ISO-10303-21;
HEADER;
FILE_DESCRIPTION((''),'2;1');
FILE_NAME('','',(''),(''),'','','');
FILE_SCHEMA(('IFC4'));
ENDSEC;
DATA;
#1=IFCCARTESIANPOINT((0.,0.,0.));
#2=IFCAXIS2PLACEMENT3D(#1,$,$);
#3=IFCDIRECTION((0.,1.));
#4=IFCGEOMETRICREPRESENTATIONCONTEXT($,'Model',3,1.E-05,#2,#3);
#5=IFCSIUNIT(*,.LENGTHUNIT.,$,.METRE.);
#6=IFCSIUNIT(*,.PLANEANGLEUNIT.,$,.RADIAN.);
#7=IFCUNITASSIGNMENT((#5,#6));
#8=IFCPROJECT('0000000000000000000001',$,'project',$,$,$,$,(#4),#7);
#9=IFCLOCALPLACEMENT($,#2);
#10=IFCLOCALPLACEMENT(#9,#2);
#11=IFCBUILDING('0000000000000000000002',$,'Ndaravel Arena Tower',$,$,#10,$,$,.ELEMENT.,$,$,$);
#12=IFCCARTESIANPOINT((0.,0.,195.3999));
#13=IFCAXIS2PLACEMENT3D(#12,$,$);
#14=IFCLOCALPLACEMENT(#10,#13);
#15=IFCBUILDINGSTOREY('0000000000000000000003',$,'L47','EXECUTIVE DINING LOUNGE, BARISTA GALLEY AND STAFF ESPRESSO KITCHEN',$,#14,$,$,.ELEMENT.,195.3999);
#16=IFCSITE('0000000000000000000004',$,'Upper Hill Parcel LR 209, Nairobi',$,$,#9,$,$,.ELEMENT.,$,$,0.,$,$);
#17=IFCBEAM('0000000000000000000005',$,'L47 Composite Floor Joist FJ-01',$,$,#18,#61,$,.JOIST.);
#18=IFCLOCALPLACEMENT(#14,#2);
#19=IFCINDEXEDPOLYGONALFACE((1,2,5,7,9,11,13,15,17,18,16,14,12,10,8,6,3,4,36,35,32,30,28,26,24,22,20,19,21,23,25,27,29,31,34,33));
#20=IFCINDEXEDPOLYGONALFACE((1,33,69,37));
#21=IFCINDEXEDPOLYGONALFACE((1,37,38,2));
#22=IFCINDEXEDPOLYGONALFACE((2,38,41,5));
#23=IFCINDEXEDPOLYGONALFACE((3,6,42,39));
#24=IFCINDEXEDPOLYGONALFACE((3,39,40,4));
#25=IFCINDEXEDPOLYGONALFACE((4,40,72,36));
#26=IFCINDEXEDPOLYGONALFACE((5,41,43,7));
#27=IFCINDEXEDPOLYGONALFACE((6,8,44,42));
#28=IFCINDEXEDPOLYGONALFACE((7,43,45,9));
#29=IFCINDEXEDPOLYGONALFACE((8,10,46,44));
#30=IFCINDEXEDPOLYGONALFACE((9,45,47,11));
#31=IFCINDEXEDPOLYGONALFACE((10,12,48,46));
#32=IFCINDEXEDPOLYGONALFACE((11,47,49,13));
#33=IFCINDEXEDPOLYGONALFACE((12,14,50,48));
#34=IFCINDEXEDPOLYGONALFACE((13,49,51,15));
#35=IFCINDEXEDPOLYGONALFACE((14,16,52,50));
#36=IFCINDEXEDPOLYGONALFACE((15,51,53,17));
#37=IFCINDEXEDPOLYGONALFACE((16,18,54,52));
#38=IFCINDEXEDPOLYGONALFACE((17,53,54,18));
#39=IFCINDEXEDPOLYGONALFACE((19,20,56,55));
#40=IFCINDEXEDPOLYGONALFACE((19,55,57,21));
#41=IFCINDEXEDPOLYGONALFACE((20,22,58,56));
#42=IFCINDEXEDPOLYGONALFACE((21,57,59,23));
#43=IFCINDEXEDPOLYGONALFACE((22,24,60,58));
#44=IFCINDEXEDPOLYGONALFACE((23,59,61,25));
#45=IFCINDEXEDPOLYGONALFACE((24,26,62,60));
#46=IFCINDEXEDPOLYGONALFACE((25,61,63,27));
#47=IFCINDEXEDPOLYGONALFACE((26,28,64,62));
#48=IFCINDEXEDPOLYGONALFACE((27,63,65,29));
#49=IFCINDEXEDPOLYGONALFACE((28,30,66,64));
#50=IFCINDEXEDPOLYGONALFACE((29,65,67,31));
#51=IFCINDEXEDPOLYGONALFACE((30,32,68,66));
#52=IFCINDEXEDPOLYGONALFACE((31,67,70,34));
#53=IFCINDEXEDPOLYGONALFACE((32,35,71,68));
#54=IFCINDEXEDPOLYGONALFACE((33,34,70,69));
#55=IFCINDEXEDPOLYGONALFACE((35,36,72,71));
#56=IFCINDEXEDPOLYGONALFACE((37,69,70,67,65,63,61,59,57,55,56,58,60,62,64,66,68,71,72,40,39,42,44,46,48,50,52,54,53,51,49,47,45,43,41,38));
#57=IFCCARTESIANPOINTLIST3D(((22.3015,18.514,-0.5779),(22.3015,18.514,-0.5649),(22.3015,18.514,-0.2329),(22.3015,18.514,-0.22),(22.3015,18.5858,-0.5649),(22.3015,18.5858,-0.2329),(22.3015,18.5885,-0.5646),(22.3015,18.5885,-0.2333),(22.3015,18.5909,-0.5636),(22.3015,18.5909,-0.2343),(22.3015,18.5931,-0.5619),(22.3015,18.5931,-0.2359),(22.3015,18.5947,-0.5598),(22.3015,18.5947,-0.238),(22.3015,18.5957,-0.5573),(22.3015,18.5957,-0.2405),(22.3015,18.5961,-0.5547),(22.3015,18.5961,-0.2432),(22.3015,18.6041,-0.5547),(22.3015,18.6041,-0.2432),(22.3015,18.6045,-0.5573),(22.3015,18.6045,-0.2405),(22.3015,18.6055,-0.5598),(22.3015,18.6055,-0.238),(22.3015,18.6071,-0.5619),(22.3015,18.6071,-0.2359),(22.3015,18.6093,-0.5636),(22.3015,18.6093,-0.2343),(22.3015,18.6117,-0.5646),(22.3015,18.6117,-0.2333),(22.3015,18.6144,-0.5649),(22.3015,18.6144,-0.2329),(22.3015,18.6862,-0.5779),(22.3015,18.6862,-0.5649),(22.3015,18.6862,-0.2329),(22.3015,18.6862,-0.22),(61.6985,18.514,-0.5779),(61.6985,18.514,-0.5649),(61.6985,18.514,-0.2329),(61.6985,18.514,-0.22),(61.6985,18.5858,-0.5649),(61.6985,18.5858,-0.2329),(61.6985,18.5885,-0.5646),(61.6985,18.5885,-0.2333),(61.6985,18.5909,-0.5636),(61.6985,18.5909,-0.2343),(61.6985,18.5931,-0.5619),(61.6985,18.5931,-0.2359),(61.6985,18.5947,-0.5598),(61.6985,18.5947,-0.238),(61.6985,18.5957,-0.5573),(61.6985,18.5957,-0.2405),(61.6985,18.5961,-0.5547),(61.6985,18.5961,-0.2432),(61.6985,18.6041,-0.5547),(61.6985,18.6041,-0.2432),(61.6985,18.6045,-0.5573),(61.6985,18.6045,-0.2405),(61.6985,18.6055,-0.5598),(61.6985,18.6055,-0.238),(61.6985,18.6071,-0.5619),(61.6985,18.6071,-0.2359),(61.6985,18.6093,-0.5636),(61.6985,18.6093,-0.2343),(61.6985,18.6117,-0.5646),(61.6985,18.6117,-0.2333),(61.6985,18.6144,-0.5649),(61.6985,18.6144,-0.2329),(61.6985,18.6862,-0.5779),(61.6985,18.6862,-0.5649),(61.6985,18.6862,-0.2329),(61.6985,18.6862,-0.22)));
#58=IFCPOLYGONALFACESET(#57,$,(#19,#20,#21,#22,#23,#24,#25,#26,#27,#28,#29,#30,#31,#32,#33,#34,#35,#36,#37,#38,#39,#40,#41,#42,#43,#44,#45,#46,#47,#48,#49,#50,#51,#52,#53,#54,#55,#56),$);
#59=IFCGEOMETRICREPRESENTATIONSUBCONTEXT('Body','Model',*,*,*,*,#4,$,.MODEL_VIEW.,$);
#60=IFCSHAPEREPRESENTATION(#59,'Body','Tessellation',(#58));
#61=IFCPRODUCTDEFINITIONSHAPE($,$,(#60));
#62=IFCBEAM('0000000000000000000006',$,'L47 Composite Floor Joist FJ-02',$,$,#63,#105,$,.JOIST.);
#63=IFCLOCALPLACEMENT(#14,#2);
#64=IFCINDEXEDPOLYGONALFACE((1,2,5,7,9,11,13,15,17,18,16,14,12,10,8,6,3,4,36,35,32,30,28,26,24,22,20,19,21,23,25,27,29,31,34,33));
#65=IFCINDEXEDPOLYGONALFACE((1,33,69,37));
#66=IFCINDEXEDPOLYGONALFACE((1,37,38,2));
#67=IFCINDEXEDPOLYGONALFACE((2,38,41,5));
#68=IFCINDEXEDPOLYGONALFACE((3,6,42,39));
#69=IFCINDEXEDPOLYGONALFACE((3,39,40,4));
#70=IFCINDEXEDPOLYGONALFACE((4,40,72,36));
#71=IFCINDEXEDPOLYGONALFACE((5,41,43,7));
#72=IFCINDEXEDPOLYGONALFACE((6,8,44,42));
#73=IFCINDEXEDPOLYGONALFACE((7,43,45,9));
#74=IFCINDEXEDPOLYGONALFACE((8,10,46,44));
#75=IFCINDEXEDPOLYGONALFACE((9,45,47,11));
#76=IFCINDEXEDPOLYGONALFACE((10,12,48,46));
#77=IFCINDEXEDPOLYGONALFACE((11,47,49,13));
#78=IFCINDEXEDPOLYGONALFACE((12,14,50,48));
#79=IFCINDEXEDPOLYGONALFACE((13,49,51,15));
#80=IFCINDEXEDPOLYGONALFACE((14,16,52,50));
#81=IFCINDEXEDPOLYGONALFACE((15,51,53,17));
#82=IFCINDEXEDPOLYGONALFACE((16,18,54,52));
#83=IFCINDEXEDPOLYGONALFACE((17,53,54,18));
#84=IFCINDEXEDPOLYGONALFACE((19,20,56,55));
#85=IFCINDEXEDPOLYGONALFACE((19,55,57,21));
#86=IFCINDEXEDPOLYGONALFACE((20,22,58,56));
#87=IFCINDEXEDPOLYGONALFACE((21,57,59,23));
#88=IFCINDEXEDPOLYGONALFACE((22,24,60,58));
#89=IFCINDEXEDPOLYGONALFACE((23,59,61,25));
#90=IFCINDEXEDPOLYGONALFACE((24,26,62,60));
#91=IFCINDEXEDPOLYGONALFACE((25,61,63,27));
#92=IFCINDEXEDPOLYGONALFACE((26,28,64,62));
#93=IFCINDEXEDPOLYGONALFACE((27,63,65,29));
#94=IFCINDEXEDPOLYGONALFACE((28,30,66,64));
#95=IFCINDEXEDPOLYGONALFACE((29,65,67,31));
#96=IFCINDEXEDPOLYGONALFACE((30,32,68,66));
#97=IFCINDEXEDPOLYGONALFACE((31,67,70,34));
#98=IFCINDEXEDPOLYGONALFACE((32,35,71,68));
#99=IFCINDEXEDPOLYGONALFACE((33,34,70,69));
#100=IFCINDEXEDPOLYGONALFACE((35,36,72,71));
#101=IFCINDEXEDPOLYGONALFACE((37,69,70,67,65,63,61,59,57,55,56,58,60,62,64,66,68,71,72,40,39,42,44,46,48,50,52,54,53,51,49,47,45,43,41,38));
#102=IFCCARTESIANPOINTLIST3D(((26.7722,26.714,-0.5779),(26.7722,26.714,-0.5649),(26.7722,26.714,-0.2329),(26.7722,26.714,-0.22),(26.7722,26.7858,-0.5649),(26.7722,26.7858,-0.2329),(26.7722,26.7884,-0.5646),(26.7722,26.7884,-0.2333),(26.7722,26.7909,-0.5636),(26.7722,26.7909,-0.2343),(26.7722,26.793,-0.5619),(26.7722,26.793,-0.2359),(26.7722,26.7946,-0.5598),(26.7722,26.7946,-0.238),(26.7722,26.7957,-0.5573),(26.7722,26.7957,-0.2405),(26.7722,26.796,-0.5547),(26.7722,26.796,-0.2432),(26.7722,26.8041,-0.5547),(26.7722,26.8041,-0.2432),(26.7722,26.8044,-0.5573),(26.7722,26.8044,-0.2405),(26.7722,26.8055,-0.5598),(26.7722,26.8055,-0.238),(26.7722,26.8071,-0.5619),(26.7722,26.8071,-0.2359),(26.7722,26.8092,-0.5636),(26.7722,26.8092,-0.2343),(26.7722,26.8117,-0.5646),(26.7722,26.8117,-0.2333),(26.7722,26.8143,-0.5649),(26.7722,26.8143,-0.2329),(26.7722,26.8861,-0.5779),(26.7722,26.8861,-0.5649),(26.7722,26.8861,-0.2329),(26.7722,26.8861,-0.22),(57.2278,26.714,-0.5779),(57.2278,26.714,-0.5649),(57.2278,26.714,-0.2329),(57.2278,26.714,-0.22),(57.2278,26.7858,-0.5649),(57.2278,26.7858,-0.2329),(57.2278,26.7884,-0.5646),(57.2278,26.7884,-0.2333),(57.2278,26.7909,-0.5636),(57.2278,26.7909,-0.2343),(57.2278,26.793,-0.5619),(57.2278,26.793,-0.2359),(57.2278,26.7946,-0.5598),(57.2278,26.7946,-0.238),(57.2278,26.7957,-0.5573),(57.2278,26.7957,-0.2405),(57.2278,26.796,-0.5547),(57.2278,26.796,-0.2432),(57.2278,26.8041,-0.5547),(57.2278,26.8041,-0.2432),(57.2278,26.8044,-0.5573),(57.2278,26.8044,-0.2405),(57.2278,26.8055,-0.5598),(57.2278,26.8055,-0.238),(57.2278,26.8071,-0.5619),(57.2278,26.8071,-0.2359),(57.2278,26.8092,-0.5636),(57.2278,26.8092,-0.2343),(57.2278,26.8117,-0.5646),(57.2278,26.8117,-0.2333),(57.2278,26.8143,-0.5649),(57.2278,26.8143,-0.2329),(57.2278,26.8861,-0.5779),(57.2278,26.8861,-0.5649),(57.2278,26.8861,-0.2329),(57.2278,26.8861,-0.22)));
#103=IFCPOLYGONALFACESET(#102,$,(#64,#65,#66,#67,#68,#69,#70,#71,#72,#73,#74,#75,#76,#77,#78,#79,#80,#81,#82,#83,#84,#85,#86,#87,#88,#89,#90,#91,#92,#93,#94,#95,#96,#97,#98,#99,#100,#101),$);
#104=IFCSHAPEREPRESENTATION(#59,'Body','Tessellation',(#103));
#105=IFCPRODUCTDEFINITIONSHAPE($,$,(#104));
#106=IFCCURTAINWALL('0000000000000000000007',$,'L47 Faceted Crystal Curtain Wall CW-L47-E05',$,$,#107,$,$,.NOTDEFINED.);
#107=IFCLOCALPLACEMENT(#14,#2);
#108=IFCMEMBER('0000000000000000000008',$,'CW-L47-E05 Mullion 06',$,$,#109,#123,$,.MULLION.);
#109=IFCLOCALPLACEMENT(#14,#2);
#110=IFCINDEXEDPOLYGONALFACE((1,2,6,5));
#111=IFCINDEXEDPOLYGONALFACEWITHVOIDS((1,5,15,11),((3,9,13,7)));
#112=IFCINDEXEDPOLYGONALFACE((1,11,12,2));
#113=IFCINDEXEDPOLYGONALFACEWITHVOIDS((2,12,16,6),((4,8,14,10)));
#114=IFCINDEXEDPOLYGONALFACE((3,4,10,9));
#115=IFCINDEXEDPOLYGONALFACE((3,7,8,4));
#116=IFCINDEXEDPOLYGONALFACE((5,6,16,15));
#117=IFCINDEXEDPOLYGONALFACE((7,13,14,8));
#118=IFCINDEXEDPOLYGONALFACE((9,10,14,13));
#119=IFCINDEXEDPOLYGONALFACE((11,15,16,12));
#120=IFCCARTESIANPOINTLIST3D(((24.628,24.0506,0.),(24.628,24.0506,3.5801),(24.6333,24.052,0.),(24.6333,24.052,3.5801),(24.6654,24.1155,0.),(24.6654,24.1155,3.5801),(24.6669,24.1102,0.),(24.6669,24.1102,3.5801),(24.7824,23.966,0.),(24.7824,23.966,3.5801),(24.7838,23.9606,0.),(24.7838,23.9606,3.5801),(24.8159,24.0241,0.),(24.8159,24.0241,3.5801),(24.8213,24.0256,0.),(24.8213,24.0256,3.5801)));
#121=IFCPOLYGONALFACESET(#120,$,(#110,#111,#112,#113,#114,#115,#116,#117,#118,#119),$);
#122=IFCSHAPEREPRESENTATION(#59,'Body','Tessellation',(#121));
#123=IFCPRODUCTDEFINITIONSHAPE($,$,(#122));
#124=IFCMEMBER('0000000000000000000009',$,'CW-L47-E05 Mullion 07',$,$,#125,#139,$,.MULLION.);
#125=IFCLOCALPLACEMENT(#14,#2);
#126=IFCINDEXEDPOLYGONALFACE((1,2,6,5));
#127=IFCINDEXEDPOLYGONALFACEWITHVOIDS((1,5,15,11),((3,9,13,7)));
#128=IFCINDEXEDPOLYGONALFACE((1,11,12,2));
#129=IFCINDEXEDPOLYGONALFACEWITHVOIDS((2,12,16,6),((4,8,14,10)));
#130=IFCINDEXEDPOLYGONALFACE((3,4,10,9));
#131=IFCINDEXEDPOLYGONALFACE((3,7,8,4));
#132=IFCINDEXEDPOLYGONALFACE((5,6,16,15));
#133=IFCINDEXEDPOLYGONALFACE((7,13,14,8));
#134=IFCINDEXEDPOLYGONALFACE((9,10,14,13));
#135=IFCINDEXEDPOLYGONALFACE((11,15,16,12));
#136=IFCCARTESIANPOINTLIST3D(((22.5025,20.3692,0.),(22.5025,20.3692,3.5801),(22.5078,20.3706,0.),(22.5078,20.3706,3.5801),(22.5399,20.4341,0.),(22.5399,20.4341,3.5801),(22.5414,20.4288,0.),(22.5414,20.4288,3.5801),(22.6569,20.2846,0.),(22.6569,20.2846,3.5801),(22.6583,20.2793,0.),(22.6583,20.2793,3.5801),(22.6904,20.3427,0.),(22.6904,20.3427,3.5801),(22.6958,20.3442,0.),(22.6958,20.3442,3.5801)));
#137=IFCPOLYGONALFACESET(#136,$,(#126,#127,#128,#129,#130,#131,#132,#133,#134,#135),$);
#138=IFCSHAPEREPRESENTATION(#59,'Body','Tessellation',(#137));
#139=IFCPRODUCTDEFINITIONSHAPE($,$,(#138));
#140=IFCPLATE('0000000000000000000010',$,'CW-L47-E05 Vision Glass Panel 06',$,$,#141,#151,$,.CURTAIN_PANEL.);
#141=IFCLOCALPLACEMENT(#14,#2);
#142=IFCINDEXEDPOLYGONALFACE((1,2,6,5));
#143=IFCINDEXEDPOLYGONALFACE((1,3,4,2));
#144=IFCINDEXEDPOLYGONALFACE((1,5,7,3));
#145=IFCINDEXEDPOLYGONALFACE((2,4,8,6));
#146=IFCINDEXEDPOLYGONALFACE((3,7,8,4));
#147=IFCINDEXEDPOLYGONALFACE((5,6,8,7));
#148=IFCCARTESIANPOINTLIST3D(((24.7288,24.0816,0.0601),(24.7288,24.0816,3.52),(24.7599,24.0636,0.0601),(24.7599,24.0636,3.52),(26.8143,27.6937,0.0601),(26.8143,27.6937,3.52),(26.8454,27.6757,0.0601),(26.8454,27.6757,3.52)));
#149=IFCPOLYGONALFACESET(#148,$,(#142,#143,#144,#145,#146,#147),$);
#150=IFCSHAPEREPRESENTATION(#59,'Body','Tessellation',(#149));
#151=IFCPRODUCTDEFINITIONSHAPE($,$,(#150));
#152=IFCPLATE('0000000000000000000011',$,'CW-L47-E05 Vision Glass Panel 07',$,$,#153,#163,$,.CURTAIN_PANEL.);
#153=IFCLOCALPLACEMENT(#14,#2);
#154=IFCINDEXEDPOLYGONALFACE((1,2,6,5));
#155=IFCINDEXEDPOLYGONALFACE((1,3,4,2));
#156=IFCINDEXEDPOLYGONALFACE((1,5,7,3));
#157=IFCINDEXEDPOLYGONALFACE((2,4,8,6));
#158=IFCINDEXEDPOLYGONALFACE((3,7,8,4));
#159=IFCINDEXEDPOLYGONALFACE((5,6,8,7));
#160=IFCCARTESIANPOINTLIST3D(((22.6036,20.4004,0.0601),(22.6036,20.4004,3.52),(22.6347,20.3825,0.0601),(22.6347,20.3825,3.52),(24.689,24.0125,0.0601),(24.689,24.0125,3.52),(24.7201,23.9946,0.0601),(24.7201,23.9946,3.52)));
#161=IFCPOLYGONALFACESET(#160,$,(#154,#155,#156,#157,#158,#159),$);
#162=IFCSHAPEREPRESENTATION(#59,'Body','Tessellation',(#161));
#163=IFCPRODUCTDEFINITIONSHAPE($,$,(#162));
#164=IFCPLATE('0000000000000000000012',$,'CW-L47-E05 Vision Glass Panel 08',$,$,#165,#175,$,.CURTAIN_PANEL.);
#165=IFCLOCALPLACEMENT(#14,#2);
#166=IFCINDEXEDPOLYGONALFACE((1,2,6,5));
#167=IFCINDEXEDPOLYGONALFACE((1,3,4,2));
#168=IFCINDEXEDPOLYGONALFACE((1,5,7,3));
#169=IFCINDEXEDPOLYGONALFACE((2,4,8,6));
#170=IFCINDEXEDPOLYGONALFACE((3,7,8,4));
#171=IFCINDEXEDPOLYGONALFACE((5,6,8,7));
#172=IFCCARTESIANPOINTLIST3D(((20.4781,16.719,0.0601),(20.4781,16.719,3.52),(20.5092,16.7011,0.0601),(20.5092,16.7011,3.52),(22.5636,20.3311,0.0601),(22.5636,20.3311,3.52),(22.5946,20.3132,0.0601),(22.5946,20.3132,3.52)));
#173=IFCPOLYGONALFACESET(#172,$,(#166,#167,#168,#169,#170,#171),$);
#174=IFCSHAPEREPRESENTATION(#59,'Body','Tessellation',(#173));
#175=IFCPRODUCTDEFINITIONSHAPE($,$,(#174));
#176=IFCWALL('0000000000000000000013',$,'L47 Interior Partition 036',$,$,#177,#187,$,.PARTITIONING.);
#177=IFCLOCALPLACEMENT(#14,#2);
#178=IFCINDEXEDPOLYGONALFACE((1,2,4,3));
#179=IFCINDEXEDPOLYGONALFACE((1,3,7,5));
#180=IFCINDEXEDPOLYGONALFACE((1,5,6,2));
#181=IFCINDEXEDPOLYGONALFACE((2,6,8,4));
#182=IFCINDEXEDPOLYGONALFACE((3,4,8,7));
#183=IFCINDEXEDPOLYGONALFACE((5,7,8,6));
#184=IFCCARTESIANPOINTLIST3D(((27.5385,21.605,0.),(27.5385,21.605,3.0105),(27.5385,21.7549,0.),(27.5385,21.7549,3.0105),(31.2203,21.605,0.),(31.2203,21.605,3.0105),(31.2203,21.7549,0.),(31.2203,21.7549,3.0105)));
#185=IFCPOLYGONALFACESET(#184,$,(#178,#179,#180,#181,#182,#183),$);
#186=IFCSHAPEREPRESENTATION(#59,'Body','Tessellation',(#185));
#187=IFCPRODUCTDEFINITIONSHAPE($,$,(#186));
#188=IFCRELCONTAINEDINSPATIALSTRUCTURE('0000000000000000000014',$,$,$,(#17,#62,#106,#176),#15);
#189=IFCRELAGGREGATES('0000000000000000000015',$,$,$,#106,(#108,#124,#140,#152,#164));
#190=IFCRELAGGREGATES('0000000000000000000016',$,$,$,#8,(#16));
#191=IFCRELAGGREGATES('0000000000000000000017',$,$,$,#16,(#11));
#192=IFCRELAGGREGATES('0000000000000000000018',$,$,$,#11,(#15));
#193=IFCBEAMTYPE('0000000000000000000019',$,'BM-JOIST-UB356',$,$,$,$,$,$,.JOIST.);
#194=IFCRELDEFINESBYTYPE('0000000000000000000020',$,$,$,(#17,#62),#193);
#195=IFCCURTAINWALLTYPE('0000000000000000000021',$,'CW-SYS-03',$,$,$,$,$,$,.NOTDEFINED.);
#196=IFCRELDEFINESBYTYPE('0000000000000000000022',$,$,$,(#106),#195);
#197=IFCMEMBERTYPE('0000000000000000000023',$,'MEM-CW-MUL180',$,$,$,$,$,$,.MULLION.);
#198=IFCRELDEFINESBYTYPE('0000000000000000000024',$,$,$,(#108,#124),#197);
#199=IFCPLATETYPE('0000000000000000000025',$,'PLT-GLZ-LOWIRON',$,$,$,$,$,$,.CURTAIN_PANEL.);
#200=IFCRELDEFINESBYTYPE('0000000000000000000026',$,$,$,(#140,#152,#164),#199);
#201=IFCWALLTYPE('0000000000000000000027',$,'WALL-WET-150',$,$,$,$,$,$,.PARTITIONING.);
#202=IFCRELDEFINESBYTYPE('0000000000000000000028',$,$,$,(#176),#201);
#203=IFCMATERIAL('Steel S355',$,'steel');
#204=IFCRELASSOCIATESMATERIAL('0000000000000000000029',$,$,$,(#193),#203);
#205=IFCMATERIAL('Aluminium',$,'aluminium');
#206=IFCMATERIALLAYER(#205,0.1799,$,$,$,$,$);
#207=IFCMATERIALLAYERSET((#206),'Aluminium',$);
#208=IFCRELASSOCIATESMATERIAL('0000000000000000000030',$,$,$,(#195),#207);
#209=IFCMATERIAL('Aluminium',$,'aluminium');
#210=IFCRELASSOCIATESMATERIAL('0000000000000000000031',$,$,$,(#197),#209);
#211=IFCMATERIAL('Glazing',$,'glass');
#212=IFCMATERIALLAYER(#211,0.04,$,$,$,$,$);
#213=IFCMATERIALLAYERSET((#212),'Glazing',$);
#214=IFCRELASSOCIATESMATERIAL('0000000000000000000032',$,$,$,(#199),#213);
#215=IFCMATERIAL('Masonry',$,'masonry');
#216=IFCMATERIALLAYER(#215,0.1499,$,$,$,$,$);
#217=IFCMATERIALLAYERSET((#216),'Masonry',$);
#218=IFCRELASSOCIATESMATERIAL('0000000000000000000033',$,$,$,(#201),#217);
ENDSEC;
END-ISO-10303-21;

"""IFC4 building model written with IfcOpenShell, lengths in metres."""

from ifc_helpers import new_model, si_unit, direction, frame, frame_2d, origin, origin_2d, place, context, subcontext, project, spatial, rectangle, hollow_rectangle, i_section, extrude, material, layer, layer_set, material_profile, profile_set, type_object, element, aggregate, save


model = new_model("IFC4")

# Units and contexts
model_context = context("Model", 3, precision=1e-05, world=origin(), true_north=direction((0.0, 1.0)))
body_context = subcontext(model_context, "Body", "Model", "MODEL_VIEW")
ifc_project = project(units=[si_unit("LENGTHUNIT", "METRE"), si_unit("PLANEANGLEUNIT", "RADIAN")], contexts=[model_context])

# Site, building, storey
site_placement = place(None, origin())
site = spatial("IfcSite", under=ifc_project, at=site_placement, Name="Upper Hill Parcel LR 209, Nairobi", CompositionType="ELEMENT", RefElevation=0.0)
building_placement = place(site_placement, origin())
building = spatial("IfcBuilding", under=site, at=building_placement, Name="Ndaravel Arena Tower", CompositionType="ELEMENT")
storey_placement = place(building_placement, frame((0.0, 0.0, 195.3999)))
storey = spatial("IfcBuildingStorey", under=building, at=storey_placement, Name="L47", Description="EXECUTIVE DINING LOUNGE, BARISTA GALLEY AND STAFF ESPRESSO KITCHEN", CompositionType="ELEMENT", Elevation=195.3999)

# Beams
ifc_material_1 = material(Name="Steel S355", Category="steel")
ifc_material_profile_1 = material_profile(ifc_material_1, i_section(OverallWidth=0.1721, OverallDepth=0.3579, WebThickness=0.0081, FlangeThickness=0.0129, FilletRadius=0.0103, at=origin_2d()), Name="UB 356x171x57")
ifc_profile_set_1 = profile_set([ifc_material_profile_1], Name="Steel S355")
beam_type = type_object("IfcBeamType", Name="BM-JOIST-UB356", PredefinedType="JOIST", material=ifc_profile_set_1)
beam_1_placement = place(storey_placement, frame((22.3015, 18.6001, -0.3989), z_axis=(1.0, 0.0, 0.0), x_axis=(0.0, 1.0, 0.0)))
element("IfcBeam", 1, at=beam_1_placement, inside=storey, type_object=beam_type, Name="L47 Composite Floor Joist FJ-01", PredefinedType="JOIST", context=body_context, shape_type="SweptSolid", body=[
    extrude(i_section(OverallWidth=0.1721, OverallDepth=0.3579, WebThickness=0.0081, FlangeThickness=0.0129, FilletRadius=0.0103, at=origin_2d()), origin(), (0.0, 0.0, 1.0), 39.397),
])
beam_2_placement = place(storey_placement, frame((26.7722, 26.8, -0.3989), z_axis=(1.0, 0.0, 0.0), x_axis=(0.0, 1.0, 0.0)))
element("IfcBeam", 2, at=beam_2_placement, inside=storey, type_object=beam_type, Name="L47 Composite Floor Joist FJ-02", PredefinedType="JOIST", context=body_context, shape_type="SweptSolid", body=[
    extrude(i_section(OverallWidth=0.1721, OverallDepth=0.3579, WebThickness=0.0081, FlangeThickness=0.0129, FilletRadius=0.0103, at=origin_2d()), origin(), (0.0, 0.0, 1.0), 30.4556),
])

# Curtain wall, members, plates
ifc_material_2 = material(Name="Aluminium", Category="aluminium")
ifc_layer_1 = layer(ifc_material_2, 0.1799)
ifc_layer_set_1 = layer_set([ifc_layer_1], Name="Aluminium")
curtain_wall_type = type_object("IfcCurtainWallType", Name="CW-SYS-03", PredefinedType="NOTDEFINED", material=ifc_layer_set_1)
curtain_wall_placement = place(storey_placement, origin())
curtain_wall = element("IfcCurtainWall", 3, at=curtain_wall_placement, inside=storey, type_object=curtain_wall_type, Name="L47 Faceted Crystal Curtain Wall CW-L47-E05", PredefinedType="NOTDEFINED")
ifc_material_3 = material(Name="Aluminium", Category="aluminium")
ifc_material_profile_2 = material_profile(ifc_material_3, hollow_rectangle(XDim=0.075, YDim=0.1799, WallThickness=0.0039, at=origin_2d()), Name="CW MULLION 75x180x4")
ifc_profile_set_2 = profile_set([ifc_material_profile_2], Name="Aluminium")
member_type = type_object("IfcMemberType", Name="MEM-CW-MUL180", PredefinedType="MULLION", material=ifc_profile_set_2)
member_1_placement = place(storey_placement, frame((24.7246, 24.0381, 0.0), z_axis=(0.0, 0.0, 1.0), x_axis=(-0.5, -0.866025, 0.0)))
member_1 = element("IfcMember", 4, at=member_1_placement, type_object=member_type, Name="CW-L47-E05 Mullion 06", PredefinedType="MULLION", context=body_context, shape_type="SweptSolid", body=[
    extrude(hollow_rectangle(XDim=0.075, YDim=0.1799, WallThickness=0.0039, at=origin_2d()), origin(), (0.0, 0.0, 1.0), 3.5801),
])
member_2_placement = place(storey_placement, frame((22.5991, 20.3567, 0.0), z_axis=(0.0, 0.0, 1.0), x_axis=(-0.5, -0.866025, 0.0)))
member_2 = element("IfcMember", 5, at=member_2_placement, type_object=member_type, Name="CW-L47-E05 Mullion 07", PredefinedType="MULLION", context=body_context, shape_type="SweptSolid", body=[
    extrude(hollow_rectangle(XDim=0.075, YDim=0.1799, WallThickness=0.0039, at=origin_2d()), origin(), (0.0, 0.0, 1.0), 3.5801),
])
ifc_material_4 = material(Name="Glazing", Category="glass")
ifc_layer_2 = layer(ifc_material_4, 0.04)
ifc_layer_set_2 = layer_set([ifc_layer_2], Name="Glazing")
plate_type = type_object("IfcPlateType", Name="PLT-GLZ-LOWIRON", PredefinedType="CURTAIN_PANEL", material=ifc_layer_set_2)
plate_1_placement = place(storey_placement, frame((25.7871, 25.8787, 0.0601), z_axis=(0.0, 0.0, 1.0), x_axis=(-0.5, -0.866025, 0.0)))
plate_1 = element("IfcPlate", 6, at=plate_1_placement, type_object=plate_type, Name="CW-L47-E05 Vision Glass Panel 06", PredefinedType="CURTAIN_PANEL", context=body_context, shape_type="SweptSolid", body=[
    extrude(rectangle(XDim=4.1709, YDim=0.0359, at=origin_2d()), origin(), (0.0, 0.0, 1.0), 3.46),
])
plate_2_placement = place(storey_placement, frame((23.6619, 22.1975, 0.0601), z_axis=(0.0, 0.0, 1.0), x_axis=(-0.5, -0.866025, 0.0)))
plate_2 = element("IfcPlate", 7, at=plate_2_placement, type_object=plate_type, Name="CW-L47-E05 Vision Glass Panel 07", PredefinedType="CURTAIN_PANEL", context=body_context, shape_type="SweptSolid", body=[
    extrude(rectangle(XDim=4.1709, YDim=0.0359, at=origin_2d()), origin(), (0.0, 0.0, 1.0), 3.46),
])
plate_3_placement = place(storey_placement, frame((21.5364, 18.5161, 0.0601), z_axis=(0.0, 0.0, 1.0), x_axis=(-0.5, -0.866025, 0.0)))
plate_3 = element("IfcPlate", 8, at=plate_3_placement, type_object=plate_type, Name="CW-L47-E05 Vision Glass Panel 08", PredefinedType="CURTAIN_PANEL", context=body_context, shape_type="SweptSolid", body=[
    extrude(rectangle(XDim=4.1709, YDim=0.0359, at=origin_2d()), origin(), (0.0, 0.0, 1.0), 3.46),
])
aggregate(curtain_wall, [member_1, member_2, plate_1, plate_2, plate_3])

# Wall
ifc_material_5 = material(Name="Masonry", Category="masonry")
ifc_layer_3 = layer(ifc_material_5, 0.1499)
ifc_layer_set_3 = layer_set([ifc_layer_3], Name="Masonry")
wall_type = type_object("IfcWallType", Name="WALL-WET-150", PredefinedType="PARTITIONING", material=ifc_layer_set_3)
wall_1_placement = place(storey_placement, frame((27.5386, 21.6799, 0.0), z_axis=(0.0, 0.0, 1.0), x_axis=(1.0, 0.0, 0.0)))
element("IfcWall", 9, at=wall_1_placement, inside=storey, type_object=wall_type, Name="L47 Interior Partition 036", PredefinedType="PARTITIONING", context=body_context, shape_type="SweptSolid", body=[
    extrude(rectangle(XDim=3.6819, YDim=0.1499, at=frame_2d((1.8408, 0.0))), origin(), (0.0, 0.0, 1.0), 3.0105),
])

save(model, "model.ifc")
